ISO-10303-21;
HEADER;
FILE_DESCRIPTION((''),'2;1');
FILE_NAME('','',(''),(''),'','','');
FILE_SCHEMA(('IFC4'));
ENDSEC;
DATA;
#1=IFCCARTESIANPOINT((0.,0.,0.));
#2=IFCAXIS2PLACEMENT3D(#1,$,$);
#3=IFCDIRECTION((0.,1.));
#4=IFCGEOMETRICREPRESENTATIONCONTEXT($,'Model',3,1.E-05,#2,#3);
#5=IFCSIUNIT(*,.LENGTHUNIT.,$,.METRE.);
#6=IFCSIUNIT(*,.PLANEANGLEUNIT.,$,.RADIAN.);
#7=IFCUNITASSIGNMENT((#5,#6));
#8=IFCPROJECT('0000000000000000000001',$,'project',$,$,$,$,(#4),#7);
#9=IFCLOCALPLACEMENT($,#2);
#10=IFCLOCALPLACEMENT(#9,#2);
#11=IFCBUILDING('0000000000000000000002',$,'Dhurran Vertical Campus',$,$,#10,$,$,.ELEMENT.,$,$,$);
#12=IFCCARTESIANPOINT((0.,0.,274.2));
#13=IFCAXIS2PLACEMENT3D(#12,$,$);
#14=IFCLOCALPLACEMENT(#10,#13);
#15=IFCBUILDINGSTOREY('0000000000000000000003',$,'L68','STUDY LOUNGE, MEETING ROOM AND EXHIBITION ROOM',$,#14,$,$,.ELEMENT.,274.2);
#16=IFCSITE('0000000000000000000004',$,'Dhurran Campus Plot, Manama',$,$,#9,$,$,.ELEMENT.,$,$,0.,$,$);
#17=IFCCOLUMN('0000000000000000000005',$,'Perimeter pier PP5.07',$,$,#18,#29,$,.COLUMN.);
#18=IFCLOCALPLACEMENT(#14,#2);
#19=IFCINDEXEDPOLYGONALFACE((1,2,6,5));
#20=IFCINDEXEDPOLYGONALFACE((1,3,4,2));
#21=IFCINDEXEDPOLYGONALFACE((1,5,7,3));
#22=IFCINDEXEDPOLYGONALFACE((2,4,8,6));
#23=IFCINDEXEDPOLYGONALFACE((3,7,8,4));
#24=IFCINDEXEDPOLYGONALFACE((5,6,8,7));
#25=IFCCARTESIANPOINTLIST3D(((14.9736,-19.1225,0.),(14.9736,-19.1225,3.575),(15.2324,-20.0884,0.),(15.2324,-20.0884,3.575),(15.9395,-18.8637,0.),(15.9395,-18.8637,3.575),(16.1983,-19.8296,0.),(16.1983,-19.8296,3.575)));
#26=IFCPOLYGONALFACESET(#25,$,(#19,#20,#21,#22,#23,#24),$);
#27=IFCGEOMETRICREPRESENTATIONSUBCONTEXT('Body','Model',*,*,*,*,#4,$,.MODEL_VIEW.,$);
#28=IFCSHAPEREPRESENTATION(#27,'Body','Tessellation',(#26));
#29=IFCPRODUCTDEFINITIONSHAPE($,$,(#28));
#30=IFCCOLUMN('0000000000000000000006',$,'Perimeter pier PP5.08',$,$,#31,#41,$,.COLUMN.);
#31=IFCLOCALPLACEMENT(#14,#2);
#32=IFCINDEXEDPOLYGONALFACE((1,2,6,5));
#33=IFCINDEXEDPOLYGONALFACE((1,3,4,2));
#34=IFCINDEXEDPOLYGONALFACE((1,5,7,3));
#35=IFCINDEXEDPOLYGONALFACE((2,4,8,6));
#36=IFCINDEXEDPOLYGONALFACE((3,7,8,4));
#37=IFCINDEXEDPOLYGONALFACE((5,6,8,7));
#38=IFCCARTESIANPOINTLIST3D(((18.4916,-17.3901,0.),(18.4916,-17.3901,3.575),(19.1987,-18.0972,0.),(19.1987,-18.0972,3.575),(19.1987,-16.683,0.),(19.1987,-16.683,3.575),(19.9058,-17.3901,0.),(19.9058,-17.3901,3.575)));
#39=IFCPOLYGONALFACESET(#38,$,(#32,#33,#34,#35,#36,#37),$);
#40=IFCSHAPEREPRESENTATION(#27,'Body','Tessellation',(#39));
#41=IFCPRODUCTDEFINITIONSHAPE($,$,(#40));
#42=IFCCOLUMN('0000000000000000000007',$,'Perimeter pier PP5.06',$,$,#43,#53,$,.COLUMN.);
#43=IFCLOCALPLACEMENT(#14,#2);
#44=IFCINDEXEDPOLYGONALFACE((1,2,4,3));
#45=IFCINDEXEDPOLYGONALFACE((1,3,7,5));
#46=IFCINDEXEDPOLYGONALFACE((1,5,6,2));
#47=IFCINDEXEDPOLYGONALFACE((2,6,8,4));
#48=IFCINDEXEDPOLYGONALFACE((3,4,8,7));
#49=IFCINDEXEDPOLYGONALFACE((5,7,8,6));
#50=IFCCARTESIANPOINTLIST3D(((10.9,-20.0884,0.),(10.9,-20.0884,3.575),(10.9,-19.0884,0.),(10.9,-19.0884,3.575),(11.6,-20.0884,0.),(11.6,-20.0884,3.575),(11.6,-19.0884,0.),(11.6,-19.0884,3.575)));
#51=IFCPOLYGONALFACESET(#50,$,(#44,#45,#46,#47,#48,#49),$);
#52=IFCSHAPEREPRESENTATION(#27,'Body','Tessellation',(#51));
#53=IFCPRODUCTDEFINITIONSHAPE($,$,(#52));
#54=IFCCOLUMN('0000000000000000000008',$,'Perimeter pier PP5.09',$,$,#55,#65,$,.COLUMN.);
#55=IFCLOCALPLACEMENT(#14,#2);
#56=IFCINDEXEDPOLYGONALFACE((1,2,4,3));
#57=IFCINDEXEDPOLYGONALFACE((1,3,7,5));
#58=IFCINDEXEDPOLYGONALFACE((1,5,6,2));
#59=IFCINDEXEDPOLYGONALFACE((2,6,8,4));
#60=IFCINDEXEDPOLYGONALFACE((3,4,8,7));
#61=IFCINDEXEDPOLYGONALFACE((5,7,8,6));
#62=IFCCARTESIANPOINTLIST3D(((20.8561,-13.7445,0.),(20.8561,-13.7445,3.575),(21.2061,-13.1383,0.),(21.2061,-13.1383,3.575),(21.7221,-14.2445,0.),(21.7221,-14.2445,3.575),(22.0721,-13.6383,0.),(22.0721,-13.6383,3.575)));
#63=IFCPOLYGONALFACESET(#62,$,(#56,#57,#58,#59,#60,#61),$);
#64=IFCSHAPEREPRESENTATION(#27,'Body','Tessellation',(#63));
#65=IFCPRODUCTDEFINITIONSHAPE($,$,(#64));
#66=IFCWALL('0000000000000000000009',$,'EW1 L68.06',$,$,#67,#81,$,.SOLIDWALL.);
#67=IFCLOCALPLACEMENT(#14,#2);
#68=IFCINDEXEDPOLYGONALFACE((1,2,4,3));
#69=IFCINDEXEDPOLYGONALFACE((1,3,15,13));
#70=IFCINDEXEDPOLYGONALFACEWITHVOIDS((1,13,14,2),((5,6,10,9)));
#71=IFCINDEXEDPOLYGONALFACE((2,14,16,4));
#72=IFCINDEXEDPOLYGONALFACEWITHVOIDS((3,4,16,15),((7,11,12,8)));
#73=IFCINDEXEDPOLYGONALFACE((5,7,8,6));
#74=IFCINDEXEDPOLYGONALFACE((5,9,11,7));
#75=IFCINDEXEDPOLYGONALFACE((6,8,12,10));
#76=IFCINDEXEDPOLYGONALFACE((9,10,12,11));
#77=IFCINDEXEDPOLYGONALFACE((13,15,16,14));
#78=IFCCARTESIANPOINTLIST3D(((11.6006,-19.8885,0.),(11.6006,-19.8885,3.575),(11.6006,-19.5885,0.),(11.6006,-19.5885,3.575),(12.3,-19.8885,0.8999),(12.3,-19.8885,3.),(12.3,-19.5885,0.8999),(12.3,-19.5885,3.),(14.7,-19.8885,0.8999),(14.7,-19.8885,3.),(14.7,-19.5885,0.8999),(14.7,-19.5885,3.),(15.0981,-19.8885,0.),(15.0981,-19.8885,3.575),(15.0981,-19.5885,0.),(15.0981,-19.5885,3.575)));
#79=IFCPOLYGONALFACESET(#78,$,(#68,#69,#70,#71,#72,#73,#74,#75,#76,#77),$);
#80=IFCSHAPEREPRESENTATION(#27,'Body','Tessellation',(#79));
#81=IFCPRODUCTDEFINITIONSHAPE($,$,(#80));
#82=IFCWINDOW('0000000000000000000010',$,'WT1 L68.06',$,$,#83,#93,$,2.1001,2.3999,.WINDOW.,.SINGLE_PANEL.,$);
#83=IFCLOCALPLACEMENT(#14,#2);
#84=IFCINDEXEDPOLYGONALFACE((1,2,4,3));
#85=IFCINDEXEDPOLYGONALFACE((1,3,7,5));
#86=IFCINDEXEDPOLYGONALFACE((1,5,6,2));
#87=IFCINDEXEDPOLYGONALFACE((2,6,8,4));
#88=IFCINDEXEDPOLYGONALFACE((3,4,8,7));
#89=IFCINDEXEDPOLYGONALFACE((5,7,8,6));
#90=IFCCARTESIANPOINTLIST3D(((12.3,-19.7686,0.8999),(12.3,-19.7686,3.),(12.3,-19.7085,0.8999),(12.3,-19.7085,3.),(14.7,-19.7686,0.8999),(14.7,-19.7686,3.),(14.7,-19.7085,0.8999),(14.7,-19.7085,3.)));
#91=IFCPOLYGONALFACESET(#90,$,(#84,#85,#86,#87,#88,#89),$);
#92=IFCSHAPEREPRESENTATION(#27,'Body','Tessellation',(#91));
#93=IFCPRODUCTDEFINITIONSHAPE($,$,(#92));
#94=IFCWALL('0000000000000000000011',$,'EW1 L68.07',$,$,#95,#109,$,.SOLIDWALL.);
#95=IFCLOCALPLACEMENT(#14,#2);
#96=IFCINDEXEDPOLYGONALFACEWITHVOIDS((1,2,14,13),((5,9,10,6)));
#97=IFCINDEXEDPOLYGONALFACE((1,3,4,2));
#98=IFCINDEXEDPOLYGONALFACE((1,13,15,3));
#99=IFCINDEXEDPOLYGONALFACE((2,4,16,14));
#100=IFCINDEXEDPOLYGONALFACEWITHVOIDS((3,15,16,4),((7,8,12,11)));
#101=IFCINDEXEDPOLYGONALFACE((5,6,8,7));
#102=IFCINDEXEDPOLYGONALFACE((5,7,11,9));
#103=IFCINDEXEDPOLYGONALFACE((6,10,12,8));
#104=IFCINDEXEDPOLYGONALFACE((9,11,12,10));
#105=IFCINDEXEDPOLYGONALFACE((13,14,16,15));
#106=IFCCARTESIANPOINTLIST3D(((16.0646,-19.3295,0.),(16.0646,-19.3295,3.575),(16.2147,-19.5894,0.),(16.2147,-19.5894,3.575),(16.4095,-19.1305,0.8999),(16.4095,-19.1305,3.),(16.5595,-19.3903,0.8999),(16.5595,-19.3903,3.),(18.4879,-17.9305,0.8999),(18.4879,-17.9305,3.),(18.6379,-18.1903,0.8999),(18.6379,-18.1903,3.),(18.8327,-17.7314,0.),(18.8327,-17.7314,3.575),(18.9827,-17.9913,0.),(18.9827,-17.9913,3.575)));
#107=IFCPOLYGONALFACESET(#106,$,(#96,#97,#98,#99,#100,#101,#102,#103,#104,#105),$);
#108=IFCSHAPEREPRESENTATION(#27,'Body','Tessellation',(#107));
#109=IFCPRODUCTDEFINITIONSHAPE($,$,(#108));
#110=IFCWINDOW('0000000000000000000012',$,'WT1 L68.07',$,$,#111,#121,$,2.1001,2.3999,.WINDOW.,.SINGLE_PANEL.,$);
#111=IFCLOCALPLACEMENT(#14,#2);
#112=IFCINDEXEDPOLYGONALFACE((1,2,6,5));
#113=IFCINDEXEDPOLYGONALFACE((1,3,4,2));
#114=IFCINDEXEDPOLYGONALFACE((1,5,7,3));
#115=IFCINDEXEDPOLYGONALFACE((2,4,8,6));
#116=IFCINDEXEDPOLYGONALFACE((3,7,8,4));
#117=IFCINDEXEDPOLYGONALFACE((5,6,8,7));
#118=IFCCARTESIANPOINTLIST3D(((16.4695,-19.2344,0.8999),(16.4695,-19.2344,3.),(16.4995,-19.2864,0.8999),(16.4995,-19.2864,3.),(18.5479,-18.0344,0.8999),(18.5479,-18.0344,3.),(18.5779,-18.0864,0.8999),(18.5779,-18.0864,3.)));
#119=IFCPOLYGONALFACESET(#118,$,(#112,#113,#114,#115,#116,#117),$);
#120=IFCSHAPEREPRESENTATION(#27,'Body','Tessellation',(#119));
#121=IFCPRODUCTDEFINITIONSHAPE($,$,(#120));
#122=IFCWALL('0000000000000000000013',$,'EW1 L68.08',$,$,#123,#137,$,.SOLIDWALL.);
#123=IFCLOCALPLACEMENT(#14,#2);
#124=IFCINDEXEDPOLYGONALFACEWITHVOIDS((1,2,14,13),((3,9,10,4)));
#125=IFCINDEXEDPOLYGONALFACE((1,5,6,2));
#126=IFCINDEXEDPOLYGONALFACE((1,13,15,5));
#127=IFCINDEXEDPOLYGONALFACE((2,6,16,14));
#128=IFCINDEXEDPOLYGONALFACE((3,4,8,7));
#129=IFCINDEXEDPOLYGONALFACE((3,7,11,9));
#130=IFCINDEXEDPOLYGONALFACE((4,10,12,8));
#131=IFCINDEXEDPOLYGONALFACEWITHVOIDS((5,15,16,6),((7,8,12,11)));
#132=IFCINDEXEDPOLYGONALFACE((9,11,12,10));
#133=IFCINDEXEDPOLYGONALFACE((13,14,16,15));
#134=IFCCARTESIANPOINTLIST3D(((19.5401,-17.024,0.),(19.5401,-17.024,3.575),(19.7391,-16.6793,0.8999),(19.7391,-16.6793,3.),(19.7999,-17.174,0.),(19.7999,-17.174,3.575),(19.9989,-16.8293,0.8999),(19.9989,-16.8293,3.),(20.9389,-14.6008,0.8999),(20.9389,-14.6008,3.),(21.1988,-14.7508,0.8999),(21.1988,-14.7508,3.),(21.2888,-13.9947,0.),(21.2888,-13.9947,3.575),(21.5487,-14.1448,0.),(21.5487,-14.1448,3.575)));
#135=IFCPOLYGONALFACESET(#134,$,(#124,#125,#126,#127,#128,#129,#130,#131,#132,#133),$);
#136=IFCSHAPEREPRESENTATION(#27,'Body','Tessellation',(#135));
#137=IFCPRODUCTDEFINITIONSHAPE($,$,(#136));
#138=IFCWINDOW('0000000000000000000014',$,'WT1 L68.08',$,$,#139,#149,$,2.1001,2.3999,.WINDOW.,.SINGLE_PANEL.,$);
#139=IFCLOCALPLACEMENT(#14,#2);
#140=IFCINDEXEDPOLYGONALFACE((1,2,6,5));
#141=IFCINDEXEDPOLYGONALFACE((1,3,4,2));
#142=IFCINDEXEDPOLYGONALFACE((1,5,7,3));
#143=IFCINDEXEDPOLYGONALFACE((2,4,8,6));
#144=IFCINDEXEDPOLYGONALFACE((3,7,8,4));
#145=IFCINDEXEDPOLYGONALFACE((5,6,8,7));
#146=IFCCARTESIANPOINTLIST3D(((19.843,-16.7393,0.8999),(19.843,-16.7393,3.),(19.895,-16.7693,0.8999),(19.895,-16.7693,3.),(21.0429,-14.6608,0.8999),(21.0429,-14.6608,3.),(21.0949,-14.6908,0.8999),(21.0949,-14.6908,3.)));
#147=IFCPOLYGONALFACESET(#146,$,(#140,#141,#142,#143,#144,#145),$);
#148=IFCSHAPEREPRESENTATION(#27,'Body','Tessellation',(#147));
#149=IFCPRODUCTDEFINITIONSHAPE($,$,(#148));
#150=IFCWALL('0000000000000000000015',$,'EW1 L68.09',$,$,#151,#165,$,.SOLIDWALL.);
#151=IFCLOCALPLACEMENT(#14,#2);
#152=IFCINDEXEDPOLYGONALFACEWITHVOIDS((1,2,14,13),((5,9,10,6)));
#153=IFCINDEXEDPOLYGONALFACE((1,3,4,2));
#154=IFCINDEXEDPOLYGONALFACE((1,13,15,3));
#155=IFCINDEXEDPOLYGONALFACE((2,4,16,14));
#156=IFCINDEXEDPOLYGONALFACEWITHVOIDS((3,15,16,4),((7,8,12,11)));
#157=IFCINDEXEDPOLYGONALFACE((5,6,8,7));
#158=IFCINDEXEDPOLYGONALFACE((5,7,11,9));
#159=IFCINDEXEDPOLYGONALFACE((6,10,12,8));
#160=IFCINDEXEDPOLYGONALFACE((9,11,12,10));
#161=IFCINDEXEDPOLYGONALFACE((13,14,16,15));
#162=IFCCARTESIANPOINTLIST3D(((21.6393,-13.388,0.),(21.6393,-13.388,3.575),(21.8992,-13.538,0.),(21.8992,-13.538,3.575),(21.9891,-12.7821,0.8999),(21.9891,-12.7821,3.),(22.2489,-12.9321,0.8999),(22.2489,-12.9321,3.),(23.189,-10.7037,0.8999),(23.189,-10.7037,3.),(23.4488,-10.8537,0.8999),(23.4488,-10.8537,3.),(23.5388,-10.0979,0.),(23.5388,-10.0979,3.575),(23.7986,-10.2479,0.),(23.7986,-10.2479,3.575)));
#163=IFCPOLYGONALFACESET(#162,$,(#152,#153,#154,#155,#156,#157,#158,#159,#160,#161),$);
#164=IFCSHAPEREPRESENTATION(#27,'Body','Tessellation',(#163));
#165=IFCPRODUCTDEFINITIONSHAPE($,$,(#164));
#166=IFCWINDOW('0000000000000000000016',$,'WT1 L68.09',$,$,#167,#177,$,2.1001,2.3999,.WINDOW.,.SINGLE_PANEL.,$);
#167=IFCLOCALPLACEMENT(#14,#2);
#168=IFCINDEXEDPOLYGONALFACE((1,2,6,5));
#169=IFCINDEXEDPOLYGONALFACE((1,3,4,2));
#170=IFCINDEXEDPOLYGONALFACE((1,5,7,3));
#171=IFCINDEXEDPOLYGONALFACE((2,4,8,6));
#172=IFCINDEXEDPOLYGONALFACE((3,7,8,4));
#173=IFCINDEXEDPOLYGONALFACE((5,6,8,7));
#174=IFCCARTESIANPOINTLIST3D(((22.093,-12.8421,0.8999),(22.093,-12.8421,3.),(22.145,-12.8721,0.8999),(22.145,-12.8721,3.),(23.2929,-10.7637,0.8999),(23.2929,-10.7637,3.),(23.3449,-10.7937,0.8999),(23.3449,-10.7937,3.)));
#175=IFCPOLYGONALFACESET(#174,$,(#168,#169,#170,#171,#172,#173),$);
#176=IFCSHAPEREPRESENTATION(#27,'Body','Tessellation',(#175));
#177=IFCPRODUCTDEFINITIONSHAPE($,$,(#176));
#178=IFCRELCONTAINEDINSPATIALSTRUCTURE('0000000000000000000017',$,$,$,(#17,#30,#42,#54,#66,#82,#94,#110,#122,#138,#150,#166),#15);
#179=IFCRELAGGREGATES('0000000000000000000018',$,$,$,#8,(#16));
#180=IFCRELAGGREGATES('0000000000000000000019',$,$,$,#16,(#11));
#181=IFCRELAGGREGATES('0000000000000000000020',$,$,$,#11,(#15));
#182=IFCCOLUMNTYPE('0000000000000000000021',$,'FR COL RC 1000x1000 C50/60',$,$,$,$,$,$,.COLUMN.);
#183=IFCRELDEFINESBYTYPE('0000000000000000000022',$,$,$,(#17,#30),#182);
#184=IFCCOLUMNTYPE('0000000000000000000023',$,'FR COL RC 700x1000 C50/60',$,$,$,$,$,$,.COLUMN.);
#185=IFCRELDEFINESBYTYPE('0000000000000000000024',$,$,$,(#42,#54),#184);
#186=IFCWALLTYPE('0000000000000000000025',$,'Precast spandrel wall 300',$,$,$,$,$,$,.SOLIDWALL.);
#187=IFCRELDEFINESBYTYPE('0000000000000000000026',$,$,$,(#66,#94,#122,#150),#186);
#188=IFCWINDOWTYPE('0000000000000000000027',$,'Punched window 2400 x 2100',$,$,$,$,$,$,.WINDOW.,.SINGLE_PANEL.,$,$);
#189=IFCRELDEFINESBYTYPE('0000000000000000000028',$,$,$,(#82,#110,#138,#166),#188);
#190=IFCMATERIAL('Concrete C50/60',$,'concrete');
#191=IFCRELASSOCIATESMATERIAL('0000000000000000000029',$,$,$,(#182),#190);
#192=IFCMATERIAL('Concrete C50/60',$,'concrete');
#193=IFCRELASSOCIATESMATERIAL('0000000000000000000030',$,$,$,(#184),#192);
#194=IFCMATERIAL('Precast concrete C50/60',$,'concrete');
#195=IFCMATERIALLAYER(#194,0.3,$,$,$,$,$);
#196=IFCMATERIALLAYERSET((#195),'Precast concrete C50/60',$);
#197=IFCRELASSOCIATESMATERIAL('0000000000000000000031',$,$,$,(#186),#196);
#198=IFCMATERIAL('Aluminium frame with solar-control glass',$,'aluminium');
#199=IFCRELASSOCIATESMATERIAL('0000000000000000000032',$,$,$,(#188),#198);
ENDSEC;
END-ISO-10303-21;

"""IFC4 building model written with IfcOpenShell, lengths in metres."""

from ifc_helpers import new_model, si_unit, direction, frame, frame_2d, origin, origin_2d, place, context, subcontext, project, spatial, rectangle, extrude, material, layer, layer_set, material_profile, profile_set, type_object, element, fill, save


model = new_model("IFC4")

# Units and contexts
model_context = context("Model", 3, precision=1e-05, world=origin(), true_north=direction((0.0, 1.0)))
body_context = subcontext(model_context, "Body", "Model", "MODEL_VIEW")
ifc_project = project(units=[si_unit("LENGTHUNIT", "METRE"), si_unit("PLANEANGLEUNIT", "RADIAN")], contexts=[model_context])

# Site, building, storey
site_placement = place(None, origin())
site = spatial("IfcSite", under=ifc_project, at=site_placement, Name="Dhurran Campus Plot, Manama", CompositionType="ELEMENT", RefElevation=0.0)
building_placement = place(site_placement, origin())
building = spatial("IfcBuilding", under=site, at=building_placement, Name="Dhurran Vertical Campus", CompositionType="ELEMENT")
storey_placement = place(building_placement, frame((0.0, 0.0, 274.2)))
storey = spatial("IfcBuildingStorey", under=building, at=storey_placement, Name="L68", Description="STUDY LOUNGE, MEETING ROOM AND EXHIBITION ROOM", CompositionType="ELEMENT", Elevation=274.2)

# Columns
ifc_material_1 = material(Name="Concrete C50/60", Category="concrete")
ifc_material_profile_1 = material_profile(ifc_material_1, rectangle(XDim=1.0, YDim=1.0, at=origin_2d()), Name="RC 1000x1000")
ifc_profile_set_1 = profile_set([ifc_material_profile_1], Name="Concrete C50/60")
column_type_1 = type_object("IfcColumnType", Name="FR COL RC 1000x1000 C50/60", PredefinedType="COLUMN", material=ifc_profile_set_1)
for number, where, z_axis, x_axis, name in (
    (1, (15.5859, -19.4761, 0.0), (0.0, 0.0, 1.0), (0.965926, 0.258819, 0.0), "Perimeter pier PP5.07"),
    (2, (19.1987, -17.3901, 0.0), (0.0, 0.0, 1.0), (0.707107, 0.707107, 0.0), "Perimeter pier PP5.08"),
):
    element("IfcColumn", number, at=place(storey_placement, frame(where, z_axis=z_axis, x_axis=x_axis)), inside=storey, type_object=column_type_1, Name=name, PredefinedType="COLUMN", context=body_context, shape_type="SweptSolid", body=[
        extrude(rectangle(XDim=1.0, YDim=1.0, at=origin_2d()), origin(), (0.0, 0.0, 1.0), 3.575),
    ])
ifc_material_2 = material(Name="Concrete C50/60", Category="concrete")
ifc_material_profile_2 = material_profile(ifc_material_2, rectangle(XDim=0.7, YDim=1.0, at=origin_2d()), Name="RC 700x1000")
ifc_profile_set_2 = profile_set([ifc_material_profile_2], Name="Concrete C50/60")
column_type_2 = type_object("IfcColumnType", Name="FR COL RC 700x1000 C50/60", PredefinedType="COLUMN", material=ifc_profile_set_2)
for number, where, z_axis, x_axis, name in (
    (3, (11.25, -19.5884, 0.0), (0.0, 0.0, 1.0), (1.0, 0.0, 0.0), "Perimeter pier PP5.06"),
    (4, (21.4641, -13.6914, 0.0), (0.0, 0.0, 1.0), (0.5, 0.866025, 0.0), "Perimeter pier PP5.09"),
):
    element("IfcColumn", number, at=place(storey_placement, frame(where, z_axis=z_axis, x_axis=x_axis)), inside=storey, type_object=column_type_2, Name=name, PredefinedType="COLUMN", context=body_context, shape_type="SweptSolid", body=[
        extrude(rectangle(XDim=0.7, YDim=1.0, at=origin_2d()), origin(), (0.0, 0.0, 1.0), 3.575),
    ])

# Walls, openings, windows
ifc_material_3 = material(Name="Precast concrete C50/60", Category="concrete")
ifc_layer_1 = layer(ifc_material_3, 0.3)
ifc_layer_set_1 = layer_set([ifc_layer_1], Name="Precast concrete C50/60")
wall_type_1 = type_object("IfcWallType", Name="Precast spandrel wall 300", PredefinedType="SOLIDWALL", material=ifc_layer_set_1)
wall_1_placement = place(storey_placement, frame((11.6006, -19.7385, 0.0), z_axis=(0.0, 0.0, 1.0), x_axis=(1.0, 0.0, 0.0)))
wall_1 = element("IfcWall", 5, at=wall_1_placement, inside=storey, type_object=wall_type_1, Name="EW1 L68.06", PredefinedType="SOLIDWALL", context=body_context, shape_type="SweptSolid", body=[
    extrude(rectangle(XDim=3.4976, YDim=0.3, at=frame_2d((1.7488, 0.0))), origin(), (0.0, 0.0, 1.0), 3.575),
])
opening_1_placement = place(wall_1_placement, frame((0.6995, 0.0, 0.8999)))
opening_1 = element("IfcOpeningElement", 6, at=opening_1_placement, cuts=wall_1, PredefinedType="OPENING", context=body_context, shape_type="SweptSolid", body=[
    extrude(rectangle(XDim=2.3999, YDim=2.1001, at=frame_2d((1.2, 1.05))), frame((0.0, 0.1599, 0.0), z_axis=(0.0, -1.0, 0.0), x_axis=(1.0, 0.0, 0.0)), (0.0, 0.0, 1.0), 0.3201),
])
ifc_material_4 = material(Name="Aluminium frame with solar-control glass", Category="aluminium")
window_type = type_object("IfcWindowType", Name="Punched window 2400 x 2100", PartitioningType="SINGLE_PANEL", PredefinedType="WINDOW", material=ifc_material_4)
window_1_placement = place(opening_1_placement, origin())
window_1 = element("IfcWindow", 7, at=window_1_placement, inside=storey, type_object=window_type, Name="WT1 L68.06", OverallHeight=2.1001, OverallWidth=2.3999, PartitioningType="SINGLE_PANEL", PredefinedType="WINDOW", context=body_context, shape_type="SweptSolid", body=[
    extrude(rectangle(XDim=2.3999, YDim=2.1001, at=frame_2d((1.2, 1.05))), frame((0.0, 0.03, 0.0), z_axis=(0.0, -1.0, 0.0), x_axis=(1.0, 0.0, 0.0)), (0.0, 0.0, 1.0), 0.0601),
])
fill(opening_1, window_1)
wall_2_placement = place(storey_placement, frame((16.1396, -19.4595, 0.0), z_axis=(0.0, 0.0, 1.0), x_axis=(0.866025, 0.5, 0.0)))
wall_2 = element("IfcWall", 8, at=wall_2_placement, inside=storey, type_object=wall_type_1, Name="EW1 L68.07", PredefinedType="SOLIDWALL", context=body_context, shape_type="SweptSolid", body=[
    extrude(rectangle(XDim=3.1963, YDim=0.3, at=frame_2d((1.5981, 0.0))), origin(), (0.0, 0.0, 1.0), 3.575),
])
opening_2_placement = place(wall_2_placement, frame((0.3982, 0.0, 0.8999)))
opening_2 = element("IfcOpeningElement", 9, at=opening_2_placement, cuts=wall_2, PredefinedType="OPENING", context=body_context, shape_type="SweptSolid", body=[
    extrude(rectangle(XDim=2.3999, YDim=2.1001, at=frame_2d((1.2, 1.05))), frame((0.0, 0.1599, 0.0), z_axis=(0.0, -1.0, 0.0), x_axis=(1.0, 0.0, 0.0)), (0.0, 0.0, 1.0), 0.3201),
])
window_2_placement = place(opening_2_placement, origin())
window_2 = element("IfcWindow", 10, at=window_2_placement, inside=storey, type_object=window_type, Name="WT1 L68.07", OverallHeight=2.1001, OverallWidth=2.3999, PartitioningType="SINGLE_PANEL", PredefinedType="WINDOW", context=body_context, shape_type="SweptSolid", body=[
    extrude(rectangle(XDim=2.3999, YDim=2.1001, at=frame_2d((1.2, 1.05))), frame((0.0, 0.03, 0.0), z_axis=(0.0, -1.0, 0.0), x_axis=(1.0, 0.0, 0.0)), (0.0, 0.0, 1.0), 0.0601),
])
fill(opening_2, window_2)
wall_3_placement = place(storey_placement, frame((19.6699, -17.0991, 0.0), z_axis=(0.0, 0.0, 1.0), x_axis=(0.49996, 0.866048, 0.0)))
wall_3 = element("IfcWall", 11, at=wall_3_placement, inside=storey, type_object=wall_type_1, Name="EW1 L68.08", PredefinedType="SOLIDWALL", context=body_context, shape_type="SweptSolid", body=[
    extrude(rectangle(XDim=3.4978, YDim=0.3, at=frame_2d((1.749, 0.0))), origin(), (0.0, 0.0, 1.0), 3.575),
])
opening_3_placement = place(wall_3_placement, frame((0.3982, 0.0, 0.8999)))
opening_3 = element("IfcOpeningElement", 12, at=opening_3_placement, cuts=wall_3, PredefinedType="OPENING", context=body_context, shape_type="SweptSolid", body=[
    extrude(rectangle(XDim=2.3999, YDim=2.1001, at=frame_2d((1.2, 1.05))), frame((0.0, 0.1599, 0.0), z_axis=(0.0, -1.0, 0.0), x_axis=(1.0, 0.0, 0.0)), (0.0, 0.0, 1.0), 0.3201),
])
window_3_placement = place(opening_3_placement, origin())
window_3 = element("IfcWindow", 13, at=window_3_placement, inside=storey, type_object=window_type, Name="WT1 L68.08", OverallHeight=2.1001, OverallWidth=2.3999, PartitioningType="SINGLE_PANEL", PredefinedType="WINDOW", context=body_context, shape_type="SweptSolid", body=[
    extrude(rectangle(XDim=2.3999, YDim=2.1001, at=frame_2d((1.2, 1.05))), frame((0.0, 0.03, 0.0), z_axis=(0.0, -1.0, 0.0), x_axis=(1.0, 0.0, 0.0)), (0.0, 0.0, 1.0), 0.0601),
])
fill(opening_3, window_3)
wall_4_placement = place(storey_placement, frame((21.7693, -13.4629, 0.0), z_axis=(0.0, 0.0, 1.0), x_axis=(0.499982, 0.866036, 0.0)))
wall_4 = element("IfcWall", 14, at=wall_4_placement, inside=storey, type_object=wall_type_1, Name="EW1 L68.09", PredefinedType="SOLIDWALL", context=body_context, shape_type="SweptSolid", body=[
    extrude(rectangle(XDim=3.7991, YDim=0.3, at=frame_2d((1.8994, 0.0))), origin(), (0.0, 0.0, 1.0), 3.575),
])
opening_4_placement = place(wall_4_placement, frame((0.6995, 0.0, 0.8999)))
opening_4 = element("IfcOpeningElement", 15, at=opening_4_placement, cuts=wall_4, PredefinedType="OPENING", context=body_context, shape_type="SweptSolid", body=[
    extrude(rectangle(XDim=2.3999, YDim=2.1001, at=frame_2d((1.2, 1.05))), frame((0.0, 0.1599, 0.0), z_axis=(0.0, -1.0, 0.0), x_axis=(1.0, 0.0, 0.0)), (0.0, 0.0, 1.0), 0.3201),
])
window_4_placement = place(opening_4_placement, origin())
window_4 = element("IfcWindow", 16, at=window_4_placement, inside=storey, type_object=window_type, Name="WT1 L68.09", OverallHeight=2.1001, OverallWidth=2.3999, PartitioningType="SINGLE_PANEL", PredefinedType="WINDOW", context=body_context, shape_type="SweptSolid", body=[
    extrude(rectangle(XDim=2.3999, YDim=2.1001, at=frame_2d((1.2, 1.05))), frame((0.0, 0.03, 0.0), z_axis=(0.0, -1.0, 0.0), x_axis=(1.0, 0.0, 0.0)), (0.0, 0.0, 1.0), 0.0601),
])
fill(opening_4, window_4)

save(model, "model.ifc")
